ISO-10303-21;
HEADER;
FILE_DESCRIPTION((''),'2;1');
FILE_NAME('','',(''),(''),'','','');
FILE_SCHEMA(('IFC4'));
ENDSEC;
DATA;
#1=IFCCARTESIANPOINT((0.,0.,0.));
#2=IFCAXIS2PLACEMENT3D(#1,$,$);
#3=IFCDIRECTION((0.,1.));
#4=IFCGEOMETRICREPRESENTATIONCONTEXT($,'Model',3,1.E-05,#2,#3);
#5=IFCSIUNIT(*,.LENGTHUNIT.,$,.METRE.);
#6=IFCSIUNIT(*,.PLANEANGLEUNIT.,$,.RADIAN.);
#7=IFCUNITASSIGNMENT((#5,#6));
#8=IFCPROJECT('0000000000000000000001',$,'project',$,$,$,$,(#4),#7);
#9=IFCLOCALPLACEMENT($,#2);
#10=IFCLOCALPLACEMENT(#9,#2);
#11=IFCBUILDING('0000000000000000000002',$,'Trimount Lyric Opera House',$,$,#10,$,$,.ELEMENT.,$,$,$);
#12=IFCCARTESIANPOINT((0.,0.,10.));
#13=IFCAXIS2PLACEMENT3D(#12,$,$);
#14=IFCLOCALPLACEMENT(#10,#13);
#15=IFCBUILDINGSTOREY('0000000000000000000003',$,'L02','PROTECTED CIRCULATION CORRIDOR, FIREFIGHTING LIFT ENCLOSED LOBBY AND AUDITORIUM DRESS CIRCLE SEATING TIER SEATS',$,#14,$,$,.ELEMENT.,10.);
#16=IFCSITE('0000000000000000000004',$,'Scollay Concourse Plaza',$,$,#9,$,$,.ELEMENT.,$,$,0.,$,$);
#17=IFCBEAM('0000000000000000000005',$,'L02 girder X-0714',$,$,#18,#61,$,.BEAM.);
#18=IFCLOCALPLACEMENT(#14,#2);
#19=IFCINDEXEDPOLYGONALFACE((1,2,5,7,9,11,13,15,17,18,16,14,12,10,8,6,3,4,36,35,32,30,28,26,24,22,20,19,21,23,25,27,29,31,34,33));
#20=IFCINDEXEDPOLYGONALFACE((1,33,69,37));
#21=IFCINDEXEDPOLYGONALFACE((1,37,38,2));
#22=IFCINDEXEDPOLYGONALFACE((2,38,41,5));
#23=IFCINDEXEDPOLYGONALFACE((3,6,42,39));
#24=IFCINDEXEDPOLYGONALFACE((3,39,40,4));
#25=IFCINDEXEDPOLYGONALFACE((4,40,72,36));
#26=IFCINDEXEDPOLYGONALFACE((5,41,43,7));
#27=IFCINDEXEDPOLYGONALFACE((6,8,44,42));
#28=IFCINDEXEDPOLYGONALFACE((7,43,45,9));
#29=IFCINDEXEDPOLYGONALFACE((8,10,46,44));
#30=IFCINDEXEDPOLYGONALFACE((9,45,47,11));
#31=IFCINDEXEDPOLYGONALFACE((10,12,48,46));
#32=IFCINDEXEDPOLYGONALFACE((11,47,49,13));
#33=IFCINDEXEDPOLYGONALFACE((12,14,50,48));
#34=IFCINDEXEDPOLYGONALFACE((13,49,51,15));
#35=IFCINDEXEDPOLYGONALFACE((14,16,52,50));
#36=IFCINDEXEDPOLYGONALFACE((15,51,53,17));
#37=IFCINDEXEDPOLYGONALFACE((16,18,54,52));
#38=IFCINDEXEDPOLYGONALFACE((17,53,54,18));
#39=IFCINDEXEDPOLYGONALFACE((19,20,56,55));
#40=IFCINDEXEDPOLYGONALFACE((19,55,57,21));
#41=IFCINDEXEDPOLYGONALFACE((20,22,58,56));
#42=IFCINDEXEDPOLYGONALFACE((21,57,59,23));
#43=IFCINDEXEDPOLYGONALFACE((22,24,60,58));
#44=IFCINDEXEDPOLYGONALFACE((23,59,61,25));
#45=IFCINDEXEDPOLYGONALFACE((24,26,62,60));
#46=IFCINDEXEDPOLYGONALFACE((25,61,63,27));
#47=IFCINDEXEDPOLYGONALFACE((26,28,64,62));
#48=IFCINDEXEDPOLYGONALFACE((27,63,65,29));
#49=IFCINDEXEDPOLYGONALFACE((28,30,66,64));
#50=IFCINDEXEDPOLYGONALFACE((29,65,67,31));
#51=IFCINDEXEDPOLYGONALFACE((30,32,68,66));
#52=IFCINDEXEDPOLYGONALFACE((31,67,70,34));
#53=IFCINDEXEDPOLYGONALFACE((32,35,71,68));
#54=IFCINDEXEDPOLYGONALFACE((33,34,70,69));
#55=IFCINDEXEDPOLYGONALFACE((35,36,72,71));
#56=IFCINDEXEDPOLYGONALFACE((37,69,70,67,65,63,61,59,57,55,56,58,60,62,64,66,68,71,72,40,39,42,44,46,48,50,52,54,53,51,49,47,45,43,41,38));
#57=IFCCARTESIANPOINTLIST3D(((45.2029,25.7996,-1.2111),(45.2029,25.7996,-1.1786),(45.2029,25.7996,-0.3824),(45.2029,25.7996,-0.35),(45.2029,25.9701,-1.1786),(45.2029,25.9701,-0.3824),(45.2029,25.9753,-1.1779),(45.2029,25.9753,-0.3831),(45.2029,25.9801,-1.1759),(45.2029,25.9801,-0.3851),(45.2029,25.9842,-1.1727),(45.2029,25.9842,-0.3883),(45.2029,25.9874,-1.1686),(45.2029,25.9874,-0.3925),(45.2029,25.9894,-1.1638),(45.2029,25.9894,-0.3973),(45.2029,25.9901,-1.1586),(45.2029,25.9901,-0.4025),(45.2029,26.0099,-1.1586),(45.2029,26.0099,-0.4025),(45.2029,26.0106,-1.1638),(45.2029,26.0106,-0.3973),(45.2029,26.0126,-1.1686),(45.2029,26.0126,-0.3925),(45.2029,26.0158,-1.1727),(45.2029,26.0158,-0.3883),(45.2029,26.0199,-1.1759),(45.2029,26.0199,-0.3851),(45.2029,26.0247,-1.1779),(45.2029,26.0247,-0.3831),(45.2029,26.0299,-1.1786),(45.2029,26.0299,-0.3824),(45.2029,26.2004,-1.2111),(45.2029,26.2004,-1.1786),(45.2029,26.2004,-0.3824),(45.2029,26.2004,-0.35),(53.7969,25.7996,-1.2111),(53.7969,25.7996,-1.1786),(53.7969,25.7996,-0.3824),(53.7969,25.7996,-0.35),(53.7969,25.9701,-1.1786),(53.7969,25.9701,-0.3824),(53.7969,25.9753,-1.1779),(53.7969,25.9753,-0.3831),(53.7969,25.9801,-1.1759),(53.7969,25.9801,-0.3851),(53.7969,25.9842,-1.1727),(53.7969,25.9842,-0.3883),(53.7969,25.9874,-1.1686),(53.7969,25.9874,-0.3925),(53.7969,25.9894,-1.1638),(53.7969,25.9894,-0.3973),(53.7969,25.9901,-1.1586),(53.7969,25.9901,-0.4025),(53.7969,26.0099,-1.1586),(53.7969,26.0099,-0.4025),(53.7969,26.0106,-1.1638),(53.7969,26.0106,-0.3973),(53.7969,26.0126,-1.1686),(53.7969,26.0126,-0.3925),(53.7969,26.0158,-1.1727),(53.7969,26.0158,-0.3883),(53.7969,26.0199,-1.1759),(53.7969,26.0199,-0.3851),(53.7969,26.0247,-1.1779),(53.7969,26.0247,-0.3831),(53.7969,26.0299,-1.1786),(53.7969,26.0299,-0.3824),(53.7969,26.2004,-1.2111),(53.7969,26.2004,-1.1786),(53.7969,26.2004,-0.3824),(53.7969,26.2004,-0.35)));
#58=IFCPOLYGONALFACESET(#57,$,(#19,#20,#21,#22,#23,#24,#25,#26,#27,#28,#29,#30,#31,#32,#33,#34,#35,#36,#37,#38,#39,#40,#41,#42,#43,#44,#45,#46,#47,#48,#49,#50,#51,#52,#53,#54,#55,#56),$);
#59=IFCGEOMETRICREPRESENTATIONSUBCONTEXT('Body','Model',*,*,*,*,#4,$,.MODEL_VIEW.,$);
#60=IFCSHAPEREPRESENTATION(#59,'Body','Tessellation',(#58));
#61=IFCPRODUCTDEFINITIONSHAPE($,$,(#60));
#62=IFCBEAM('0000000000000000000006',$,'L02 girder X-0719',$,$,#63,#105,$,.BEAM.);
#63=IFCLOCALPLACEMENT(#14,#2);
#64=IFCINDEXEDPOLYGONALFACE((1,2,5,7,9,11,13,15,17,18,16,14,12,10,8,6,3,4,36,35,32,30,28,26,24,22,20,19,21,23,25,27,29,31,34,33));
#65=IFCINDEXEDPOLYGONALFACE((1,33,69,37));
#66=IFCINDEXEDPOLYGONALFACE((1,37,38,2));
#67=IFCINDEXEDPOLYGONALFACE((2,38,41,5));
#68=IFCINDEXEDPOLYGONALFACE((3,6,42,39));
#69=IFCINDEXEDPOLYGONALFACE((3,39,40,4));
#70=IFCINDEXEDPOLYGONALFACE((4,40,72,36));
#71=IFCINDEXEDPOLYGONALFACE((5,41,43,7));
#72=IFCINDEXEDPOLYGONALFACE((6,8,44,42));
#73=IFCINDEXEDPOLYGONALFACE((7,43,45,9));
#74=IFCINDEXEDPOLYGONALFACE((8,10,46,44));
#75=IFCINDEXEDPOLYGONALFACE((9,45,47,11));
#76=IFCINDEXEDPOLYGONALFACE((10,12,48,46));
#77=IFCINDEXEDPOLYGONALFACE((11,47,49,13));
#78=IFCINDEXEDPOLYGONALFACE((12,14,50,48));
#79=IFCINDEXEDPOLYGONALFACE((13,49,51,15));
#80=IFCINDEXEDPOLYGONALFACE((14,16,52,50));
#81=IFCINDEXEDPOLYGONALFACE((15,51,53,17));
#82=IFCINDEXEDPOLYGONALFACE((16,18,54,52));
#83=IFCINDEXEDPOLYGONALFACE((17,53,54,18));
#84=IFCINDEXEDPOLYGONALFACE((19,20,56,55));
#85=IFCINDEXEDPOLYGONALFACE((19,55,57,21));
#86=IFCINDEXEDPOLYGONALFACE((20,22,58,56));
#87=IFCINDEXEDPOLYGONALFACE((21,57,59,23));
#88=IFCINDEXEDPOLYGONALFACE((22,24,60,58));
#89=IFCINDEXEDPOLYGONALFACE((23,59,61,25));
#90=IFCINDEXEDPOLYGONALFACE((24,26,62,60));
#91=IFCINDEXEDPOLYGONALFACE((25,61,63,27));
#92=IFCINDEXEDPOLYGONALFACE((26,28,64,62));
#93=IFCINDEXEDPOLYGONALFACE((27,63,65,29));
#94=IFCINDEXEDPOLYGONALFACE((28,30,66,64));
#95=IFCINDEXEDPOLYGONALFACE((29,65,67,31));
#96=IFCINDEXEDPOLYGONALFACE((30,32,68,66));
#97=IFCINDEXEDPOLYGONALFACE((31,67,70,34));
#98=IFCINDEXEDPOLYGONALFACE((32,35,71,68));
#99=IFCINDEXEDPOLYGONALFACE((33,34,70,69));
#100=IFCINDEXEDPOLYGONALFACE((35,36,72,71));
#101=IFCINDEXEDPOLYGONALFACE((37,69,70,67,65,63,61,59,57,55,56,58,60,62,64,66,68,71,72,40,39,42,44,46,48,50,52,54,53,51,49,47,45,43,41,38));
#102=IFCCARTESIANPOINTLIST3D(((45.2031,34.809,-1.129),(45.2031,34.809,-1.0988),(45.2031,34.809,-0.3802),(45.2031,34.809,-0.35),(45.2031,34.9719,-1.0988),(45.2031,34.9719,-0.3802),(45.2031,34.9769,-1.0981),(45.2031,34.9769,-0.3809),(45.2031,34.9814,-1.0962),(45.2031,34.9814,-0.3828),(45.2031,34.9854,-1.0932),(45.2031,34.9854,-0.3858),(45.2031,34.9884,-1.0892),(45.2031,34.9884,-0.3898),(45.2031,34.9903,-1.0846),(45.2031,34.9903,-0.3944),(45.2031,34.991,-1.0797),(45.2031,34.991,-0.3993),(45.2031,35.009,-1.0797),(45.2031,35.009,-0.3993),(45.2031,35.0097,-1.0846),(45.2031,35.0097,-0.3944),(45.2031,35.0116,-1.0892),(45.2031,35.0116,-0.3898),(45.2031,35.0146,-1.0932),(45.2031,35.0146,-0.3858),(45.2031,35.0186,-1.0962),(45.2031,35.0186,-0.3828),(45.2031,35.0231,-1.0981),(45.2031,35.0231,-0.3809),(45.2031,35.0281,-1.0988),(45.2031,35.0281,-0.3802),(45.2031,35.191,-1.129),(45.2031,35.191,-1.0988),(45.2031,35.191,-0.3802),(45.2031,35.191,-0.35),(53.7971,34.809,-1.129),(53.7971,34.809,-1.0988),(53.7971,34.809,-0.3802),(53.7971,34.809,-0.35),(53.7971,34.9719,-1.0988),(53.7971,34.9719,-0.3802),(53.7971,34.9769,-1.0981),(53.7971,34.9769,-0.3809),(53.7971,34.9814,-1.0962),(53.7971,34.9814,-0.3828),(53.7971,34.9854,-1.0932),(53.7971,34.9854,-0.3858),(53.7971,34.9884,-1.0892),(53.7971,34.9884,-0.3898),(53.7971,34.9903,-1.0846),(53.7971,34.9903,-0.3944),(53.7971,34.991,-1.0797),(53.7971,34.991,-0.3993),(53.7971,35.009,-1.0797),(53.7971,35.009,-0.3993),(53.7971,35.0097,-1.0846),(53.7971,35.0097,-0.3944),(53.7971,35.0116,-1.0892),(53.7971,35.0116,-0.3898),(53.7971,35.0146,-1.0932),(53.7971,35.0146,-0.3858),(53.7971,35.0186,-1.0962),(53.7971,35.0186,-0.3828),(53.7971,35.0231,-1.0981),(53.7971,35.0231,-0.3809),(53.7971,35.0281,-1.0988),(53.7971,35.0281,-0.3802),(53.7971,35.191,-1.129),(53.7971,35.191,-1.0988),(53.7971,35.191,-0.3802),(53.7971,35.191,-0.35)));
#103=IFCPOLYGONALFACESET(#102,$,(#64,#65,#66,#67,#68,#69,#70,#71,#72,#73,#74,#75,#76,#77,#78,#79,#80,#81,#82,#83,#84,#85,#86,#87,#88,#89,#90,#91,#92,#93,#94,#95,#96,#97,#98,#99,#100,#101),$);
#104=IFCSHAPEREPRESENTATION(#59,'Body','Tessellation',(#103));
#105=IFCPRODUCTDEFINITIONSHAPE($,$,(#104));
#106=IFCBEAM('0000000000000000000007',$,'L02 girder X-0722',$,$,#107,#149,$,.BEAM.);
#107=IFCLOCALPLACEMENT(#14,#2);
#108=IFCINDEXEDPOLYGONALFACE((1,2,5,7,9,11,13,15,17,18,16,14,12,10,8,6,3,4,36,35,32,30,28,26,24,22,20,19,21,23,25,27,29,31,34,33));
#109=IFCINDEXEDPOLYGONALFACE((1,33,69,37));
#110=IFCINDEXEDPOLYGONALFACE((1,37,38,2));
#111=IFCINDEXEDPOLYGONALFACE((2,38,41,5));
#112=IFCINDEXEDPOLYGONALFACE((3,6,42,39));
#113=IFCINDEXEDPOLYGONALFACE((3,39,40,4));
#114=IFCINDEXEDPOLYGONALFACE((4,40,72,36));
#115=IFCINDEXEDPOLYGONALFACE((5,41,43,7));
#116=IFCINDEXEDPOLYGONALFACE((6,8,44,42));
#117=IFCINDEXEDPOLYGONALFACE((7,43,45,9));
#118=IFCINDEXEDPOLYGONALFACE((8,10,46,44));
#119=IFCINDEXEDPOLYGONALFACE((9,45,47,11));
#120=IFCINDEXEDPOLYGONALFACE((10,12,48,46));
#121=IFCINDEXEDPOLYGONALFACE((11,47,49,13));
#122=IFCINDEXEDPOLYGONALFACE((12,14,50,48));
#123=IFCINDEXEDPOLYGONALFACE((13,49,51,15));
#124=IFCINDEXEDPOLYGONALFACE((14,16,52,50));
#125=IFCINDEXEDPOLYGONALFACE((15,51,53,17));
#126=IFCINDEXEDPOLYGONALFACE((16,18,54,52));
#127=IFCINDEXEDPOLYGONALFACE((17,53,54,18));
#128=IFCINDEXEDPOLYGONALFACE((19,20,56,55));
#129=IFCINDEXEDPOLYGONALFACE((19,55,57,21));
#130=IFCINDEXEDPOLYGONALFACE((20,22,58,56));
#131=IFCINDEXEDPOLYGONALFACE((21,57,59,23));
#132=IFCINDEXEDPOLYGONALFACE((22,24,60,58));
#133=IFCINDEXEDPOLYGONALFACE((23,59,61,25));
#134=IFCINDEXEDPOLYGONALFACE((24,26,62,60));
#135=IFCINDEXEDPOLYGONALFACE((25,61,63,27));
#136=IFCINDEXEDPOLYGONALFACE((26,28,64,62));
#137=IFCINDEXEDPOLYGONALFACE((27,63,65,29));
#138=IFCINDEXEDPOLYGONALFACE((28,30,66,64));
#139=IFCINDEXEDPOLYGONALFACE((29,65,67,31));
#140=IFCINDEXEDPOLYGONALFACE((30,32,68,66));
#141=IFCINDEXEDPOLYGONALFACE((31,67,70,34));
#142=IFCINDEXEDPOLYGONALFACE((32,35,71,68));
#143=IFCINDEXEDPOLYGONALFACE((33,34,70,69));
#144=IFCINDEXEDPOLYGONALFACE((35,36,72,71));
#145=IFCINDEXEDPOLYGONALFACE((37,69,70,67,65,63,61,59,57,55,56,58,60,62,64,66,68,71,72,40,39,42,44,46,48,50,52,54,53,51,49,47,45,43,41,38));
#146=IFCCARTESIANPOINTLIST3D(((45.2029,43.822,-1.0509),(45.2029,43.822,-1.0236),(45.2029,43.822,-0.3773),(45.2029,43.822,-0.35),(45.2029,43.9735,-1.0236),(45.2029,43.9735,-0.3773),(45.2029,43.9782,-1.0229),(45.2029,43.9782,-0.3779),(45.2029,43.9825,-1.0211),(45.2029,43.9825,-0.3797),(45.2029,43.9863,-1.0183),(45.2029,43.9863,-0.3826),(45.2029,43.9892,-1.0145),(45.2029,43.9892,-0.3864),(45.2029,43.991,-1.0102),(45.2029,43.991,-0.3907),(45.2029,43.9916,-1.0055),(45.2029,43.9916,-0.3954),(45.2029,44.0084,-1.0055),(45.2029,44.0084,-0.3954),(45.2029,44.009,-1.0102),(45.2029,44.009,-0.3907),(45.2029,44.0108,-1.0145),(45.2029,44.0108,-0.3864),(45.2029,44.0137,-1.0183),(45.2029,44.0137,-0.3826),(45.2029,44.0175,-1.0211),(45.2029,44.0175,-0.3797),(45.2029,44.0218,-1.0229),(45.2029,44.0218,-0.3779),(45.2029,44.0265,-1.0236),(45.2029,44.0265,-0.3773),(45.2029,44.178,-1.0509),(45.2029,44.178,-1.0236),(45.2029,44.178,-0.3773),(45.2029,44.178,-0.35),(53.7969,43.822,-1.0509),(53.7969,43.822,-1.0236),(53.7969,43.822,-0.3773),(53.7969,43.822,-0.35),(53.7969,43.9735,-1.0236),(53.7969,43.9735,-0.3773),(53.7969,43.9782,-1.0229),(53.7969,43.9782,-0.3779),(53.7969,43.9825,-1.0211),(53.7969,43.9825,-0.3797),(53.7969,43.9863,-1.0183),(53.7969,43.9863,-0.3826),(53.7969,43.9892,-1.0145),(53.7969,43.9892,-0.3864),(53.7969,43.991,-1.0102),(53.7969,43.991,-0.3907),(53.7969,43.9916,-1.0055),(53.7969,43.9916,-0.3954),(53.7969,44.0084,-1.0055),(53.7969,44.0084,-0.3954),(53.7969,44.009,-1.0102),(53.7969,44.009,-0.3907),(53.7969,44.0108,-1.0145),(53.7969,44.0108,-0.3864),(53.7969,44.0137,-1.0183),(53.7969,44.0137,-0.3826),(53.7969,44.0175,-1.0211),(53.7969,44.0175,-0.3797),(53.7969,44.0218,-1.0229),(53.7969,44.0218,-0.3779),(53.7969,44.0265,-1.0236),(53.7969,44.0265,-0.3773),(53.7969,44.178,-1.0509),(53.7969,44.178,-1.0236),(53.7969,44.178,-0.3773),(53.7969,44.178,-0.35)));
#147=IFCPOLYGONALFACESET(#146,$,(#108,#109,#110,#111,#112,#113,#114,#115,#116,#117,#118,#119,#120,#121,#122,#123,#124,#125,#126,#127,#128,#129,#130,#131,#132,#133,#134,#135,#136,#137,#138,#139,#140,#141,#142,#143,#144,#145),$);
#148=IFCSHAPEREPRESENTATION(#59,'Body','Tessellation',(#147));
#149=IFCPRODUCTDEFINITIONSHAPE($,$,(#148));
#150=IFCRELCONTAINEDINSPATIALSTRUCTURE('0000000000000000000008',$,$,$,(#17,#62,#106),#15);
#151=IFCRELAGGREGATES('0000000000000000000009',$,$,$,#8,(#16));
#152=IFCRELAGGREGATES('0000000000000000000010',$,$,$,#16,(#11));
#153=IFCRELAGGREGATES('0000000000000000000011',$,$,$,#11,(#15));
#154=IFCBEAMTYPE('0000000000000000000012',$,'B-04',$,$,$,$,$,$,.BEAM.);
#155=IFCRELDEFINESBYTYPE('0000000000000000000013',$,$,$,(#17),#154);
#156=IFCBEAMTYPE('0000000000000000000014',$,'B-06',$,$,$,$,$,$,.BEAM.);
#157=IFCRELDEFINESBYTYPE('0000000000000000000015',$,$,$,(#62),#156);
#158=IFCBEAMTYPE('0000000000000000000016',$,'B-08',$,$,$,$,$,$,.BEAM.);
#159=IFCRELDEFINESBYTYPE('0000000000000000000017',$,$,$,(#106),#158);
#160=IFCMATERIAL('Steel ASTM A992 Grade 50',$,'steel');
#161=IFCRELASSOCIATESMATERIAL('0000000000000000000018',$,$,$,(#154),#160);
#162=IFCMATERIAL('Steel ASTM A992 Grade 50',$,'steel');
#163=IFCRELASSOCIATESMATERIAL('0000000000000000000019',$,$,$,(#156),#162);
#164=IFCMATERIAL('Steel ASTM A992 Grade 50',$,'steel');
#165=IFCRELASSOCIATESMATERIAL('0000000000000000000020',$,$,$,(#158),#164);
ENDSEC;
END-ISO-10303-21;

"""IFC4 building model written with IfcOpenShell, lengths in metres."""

from ifc_helpers import new_model, si_unit, direction, frame, origin, origin_2d, place, context, subcontext, project, spatial, i_section, extrude, material, material_profile, profile_set, type_object, element, save


model = new_model("IFC4")

# Units and contexts
model_context = context("Model", 3, precision=1e-05, world=origin(), true_north=direction((0.0, 1.0)))
body_context = subcontext(model_context, "Body", "Model", "MODEL_VIEW")
ifc_project = project(units=[si_unit("LENGTHUNIT", "METRE"), si_unit("PLANEANGLEUNIT", "RADIAN")], contexts=[model_context])

# Site, building, storey
site_placement = place(None, origin())
site = spatial("IfcSite", under=ifc_project, at=site_placement, Name="Scollay Concourse Plaza", CompositionType="ELEMENT", RefElevation=0.0)
building_placement = place(site_placement, origin())
building = spatial("IfcBuilding", under=site, at=building_placement, Name="Trimount Lyric Opera House", CompositionType="ELEMENT")
storey_placement = place(building_placement, frame((0.0, 0.0, 10.0)))
storey = spatial("IfcBuildingStorey", under=building, at=storey_placement, Name="L02", Description="PROTECTED CIRCULATION CORRIDOR, FIREFIGHTING LIFT ENCLOSED LOBBY AND AUDITORIUM DRESS CIRCLE SEATING TIER SEATS", CompositionType="ELEMENT", Elevation=10.0)

# Beams
ifc_material_1 = material(Name="Steel ASTM A992 Grade 50", Category="steel")
ifc_material_profile_1 = material_profile(ifc_material_1, i_section(OverallWidth=0.4009, OverallDepth=0.8611, WebThickness=0.0198, FlangeThickness=0.0325, FilletRadius=0.02, at=origin_2d()), Name="W33X221")
ifc_profile_set_1 = profile_set([ifc_material_profile_1], Name="Steel ASTM A992 Grade 50")
beam_type_1 = type_object("IfcBeamType", Name="B-04", PredefinedType="BEAM", material=ifc_profile_set_1)
beam_1_placement = place(storey_placement, frame((45.2029, 26.0, -0.7805), z_axis=(1.0, 0.0, 0.0), x_axis=(0.0, 1.0, 0.0)))
element("IfcBeam", 1, at=beam_1_placement, inside=storey, type_object=beam_type_1, Name="L02 girder X-0714", PredefinedType="BEAM", context=body_context, shape_type="SweptSolid", body=[
    extrude(i_section(OverallWidth=0.4009, OverallDepth=0.8611, WebThickness=0.0198, FlangeThickness=0.0325, FilletRadius=0.02, at=origin_2d()), origin(), (0.0, 0.0, 1.0), 8.594),
])
ifc_material_2 = material(Name="Steel ASTM A992 Grade 50", Category="steel")
ifc_material_profile_2 = material_profile(ifc_material_2, i_section(OverallWidth=0.3821, OverallDepth=0.7791, WebThickness=0.0181, FlangeThickness=0.0303, FilletRadius=0.019, at=origin_2d()), Name="W30X191")
ifc_profile_set_2 = profile_set([ifc_material_profile_2], Name="Steel ASTM A992 Grade 50")
beam_type_2 = type_object("IfcBeamType", Name="B-06", PredefinedType="BEAM", material=ifc_profile_set_2)
beam_2_placement = place(storey_placement, frame((45.2031, 35.0, -0.7395), z_axis=(1.0, 0.0, 0.0), x_axis=(0.0, 1.0, 0.0)))
element("IfcBeam", 2, at=beam_2_placement, inside=storey, type_object=beam_type_2, Name="L02 girder X-0719", PredefinedType="BEAM", context=body_context, shape_type="SweptSolid", body=[
    extrude(i_section(OverallWidth=0.3821, OverallDepth=0.7791, WebThickness=0.0181, FlangeThickness=0.0303, FilletRadius=0.019, at=origin_2d()), origin(), (0.0, 0.0, 1.0), 8.594),
])
ifc_material_3 = material(Name="Steel ASTM A992 Grade 50", Category="steel")
ifc_material_profile_3 = material_profile(ifc_material_3, i_section(OverallWidth=0.356, OverallDepth=0.7009, WebThickness=0.0168, FlangeThickness=0.0273, FilletRadius=0.0181, at=origin_2d()), Name="W27X161")
ifc_profile_set_3 = profile_set([ifc_material_profile_3], Name="Steel ASTM A992 Grade 50")
beam_type_3 = type_object("IfcBeamType", Name="B-08", PredefinedType="BEAM", material=ifc_profile_set_3)
beam_3_placement = place(storey_placement, frame((45.2029, 44.0, -0.7004), z_axis=(1.0, 0.0, 0.0), x_axis=(0.0, 1.0, 0.0)))
element("IfcBeam", 3, at=beam_3_placement, inside=storey, type_object=beam_type_3, Name="L02 girder X-0722", PredefinedType="BEAM", context=body_context, shape_type="SweptSolid", body=[
    extrude(i_section(OverallWidth=0.356, OverallDepth=0.7009, WebThickness=0.0168, FlangeThickness=0.0273, FilletRadius=0.0181, at=origin_2d()), origin(), (0.0, 0.0, 1.0), 8.594),
])

save(model, "model.ifc")
